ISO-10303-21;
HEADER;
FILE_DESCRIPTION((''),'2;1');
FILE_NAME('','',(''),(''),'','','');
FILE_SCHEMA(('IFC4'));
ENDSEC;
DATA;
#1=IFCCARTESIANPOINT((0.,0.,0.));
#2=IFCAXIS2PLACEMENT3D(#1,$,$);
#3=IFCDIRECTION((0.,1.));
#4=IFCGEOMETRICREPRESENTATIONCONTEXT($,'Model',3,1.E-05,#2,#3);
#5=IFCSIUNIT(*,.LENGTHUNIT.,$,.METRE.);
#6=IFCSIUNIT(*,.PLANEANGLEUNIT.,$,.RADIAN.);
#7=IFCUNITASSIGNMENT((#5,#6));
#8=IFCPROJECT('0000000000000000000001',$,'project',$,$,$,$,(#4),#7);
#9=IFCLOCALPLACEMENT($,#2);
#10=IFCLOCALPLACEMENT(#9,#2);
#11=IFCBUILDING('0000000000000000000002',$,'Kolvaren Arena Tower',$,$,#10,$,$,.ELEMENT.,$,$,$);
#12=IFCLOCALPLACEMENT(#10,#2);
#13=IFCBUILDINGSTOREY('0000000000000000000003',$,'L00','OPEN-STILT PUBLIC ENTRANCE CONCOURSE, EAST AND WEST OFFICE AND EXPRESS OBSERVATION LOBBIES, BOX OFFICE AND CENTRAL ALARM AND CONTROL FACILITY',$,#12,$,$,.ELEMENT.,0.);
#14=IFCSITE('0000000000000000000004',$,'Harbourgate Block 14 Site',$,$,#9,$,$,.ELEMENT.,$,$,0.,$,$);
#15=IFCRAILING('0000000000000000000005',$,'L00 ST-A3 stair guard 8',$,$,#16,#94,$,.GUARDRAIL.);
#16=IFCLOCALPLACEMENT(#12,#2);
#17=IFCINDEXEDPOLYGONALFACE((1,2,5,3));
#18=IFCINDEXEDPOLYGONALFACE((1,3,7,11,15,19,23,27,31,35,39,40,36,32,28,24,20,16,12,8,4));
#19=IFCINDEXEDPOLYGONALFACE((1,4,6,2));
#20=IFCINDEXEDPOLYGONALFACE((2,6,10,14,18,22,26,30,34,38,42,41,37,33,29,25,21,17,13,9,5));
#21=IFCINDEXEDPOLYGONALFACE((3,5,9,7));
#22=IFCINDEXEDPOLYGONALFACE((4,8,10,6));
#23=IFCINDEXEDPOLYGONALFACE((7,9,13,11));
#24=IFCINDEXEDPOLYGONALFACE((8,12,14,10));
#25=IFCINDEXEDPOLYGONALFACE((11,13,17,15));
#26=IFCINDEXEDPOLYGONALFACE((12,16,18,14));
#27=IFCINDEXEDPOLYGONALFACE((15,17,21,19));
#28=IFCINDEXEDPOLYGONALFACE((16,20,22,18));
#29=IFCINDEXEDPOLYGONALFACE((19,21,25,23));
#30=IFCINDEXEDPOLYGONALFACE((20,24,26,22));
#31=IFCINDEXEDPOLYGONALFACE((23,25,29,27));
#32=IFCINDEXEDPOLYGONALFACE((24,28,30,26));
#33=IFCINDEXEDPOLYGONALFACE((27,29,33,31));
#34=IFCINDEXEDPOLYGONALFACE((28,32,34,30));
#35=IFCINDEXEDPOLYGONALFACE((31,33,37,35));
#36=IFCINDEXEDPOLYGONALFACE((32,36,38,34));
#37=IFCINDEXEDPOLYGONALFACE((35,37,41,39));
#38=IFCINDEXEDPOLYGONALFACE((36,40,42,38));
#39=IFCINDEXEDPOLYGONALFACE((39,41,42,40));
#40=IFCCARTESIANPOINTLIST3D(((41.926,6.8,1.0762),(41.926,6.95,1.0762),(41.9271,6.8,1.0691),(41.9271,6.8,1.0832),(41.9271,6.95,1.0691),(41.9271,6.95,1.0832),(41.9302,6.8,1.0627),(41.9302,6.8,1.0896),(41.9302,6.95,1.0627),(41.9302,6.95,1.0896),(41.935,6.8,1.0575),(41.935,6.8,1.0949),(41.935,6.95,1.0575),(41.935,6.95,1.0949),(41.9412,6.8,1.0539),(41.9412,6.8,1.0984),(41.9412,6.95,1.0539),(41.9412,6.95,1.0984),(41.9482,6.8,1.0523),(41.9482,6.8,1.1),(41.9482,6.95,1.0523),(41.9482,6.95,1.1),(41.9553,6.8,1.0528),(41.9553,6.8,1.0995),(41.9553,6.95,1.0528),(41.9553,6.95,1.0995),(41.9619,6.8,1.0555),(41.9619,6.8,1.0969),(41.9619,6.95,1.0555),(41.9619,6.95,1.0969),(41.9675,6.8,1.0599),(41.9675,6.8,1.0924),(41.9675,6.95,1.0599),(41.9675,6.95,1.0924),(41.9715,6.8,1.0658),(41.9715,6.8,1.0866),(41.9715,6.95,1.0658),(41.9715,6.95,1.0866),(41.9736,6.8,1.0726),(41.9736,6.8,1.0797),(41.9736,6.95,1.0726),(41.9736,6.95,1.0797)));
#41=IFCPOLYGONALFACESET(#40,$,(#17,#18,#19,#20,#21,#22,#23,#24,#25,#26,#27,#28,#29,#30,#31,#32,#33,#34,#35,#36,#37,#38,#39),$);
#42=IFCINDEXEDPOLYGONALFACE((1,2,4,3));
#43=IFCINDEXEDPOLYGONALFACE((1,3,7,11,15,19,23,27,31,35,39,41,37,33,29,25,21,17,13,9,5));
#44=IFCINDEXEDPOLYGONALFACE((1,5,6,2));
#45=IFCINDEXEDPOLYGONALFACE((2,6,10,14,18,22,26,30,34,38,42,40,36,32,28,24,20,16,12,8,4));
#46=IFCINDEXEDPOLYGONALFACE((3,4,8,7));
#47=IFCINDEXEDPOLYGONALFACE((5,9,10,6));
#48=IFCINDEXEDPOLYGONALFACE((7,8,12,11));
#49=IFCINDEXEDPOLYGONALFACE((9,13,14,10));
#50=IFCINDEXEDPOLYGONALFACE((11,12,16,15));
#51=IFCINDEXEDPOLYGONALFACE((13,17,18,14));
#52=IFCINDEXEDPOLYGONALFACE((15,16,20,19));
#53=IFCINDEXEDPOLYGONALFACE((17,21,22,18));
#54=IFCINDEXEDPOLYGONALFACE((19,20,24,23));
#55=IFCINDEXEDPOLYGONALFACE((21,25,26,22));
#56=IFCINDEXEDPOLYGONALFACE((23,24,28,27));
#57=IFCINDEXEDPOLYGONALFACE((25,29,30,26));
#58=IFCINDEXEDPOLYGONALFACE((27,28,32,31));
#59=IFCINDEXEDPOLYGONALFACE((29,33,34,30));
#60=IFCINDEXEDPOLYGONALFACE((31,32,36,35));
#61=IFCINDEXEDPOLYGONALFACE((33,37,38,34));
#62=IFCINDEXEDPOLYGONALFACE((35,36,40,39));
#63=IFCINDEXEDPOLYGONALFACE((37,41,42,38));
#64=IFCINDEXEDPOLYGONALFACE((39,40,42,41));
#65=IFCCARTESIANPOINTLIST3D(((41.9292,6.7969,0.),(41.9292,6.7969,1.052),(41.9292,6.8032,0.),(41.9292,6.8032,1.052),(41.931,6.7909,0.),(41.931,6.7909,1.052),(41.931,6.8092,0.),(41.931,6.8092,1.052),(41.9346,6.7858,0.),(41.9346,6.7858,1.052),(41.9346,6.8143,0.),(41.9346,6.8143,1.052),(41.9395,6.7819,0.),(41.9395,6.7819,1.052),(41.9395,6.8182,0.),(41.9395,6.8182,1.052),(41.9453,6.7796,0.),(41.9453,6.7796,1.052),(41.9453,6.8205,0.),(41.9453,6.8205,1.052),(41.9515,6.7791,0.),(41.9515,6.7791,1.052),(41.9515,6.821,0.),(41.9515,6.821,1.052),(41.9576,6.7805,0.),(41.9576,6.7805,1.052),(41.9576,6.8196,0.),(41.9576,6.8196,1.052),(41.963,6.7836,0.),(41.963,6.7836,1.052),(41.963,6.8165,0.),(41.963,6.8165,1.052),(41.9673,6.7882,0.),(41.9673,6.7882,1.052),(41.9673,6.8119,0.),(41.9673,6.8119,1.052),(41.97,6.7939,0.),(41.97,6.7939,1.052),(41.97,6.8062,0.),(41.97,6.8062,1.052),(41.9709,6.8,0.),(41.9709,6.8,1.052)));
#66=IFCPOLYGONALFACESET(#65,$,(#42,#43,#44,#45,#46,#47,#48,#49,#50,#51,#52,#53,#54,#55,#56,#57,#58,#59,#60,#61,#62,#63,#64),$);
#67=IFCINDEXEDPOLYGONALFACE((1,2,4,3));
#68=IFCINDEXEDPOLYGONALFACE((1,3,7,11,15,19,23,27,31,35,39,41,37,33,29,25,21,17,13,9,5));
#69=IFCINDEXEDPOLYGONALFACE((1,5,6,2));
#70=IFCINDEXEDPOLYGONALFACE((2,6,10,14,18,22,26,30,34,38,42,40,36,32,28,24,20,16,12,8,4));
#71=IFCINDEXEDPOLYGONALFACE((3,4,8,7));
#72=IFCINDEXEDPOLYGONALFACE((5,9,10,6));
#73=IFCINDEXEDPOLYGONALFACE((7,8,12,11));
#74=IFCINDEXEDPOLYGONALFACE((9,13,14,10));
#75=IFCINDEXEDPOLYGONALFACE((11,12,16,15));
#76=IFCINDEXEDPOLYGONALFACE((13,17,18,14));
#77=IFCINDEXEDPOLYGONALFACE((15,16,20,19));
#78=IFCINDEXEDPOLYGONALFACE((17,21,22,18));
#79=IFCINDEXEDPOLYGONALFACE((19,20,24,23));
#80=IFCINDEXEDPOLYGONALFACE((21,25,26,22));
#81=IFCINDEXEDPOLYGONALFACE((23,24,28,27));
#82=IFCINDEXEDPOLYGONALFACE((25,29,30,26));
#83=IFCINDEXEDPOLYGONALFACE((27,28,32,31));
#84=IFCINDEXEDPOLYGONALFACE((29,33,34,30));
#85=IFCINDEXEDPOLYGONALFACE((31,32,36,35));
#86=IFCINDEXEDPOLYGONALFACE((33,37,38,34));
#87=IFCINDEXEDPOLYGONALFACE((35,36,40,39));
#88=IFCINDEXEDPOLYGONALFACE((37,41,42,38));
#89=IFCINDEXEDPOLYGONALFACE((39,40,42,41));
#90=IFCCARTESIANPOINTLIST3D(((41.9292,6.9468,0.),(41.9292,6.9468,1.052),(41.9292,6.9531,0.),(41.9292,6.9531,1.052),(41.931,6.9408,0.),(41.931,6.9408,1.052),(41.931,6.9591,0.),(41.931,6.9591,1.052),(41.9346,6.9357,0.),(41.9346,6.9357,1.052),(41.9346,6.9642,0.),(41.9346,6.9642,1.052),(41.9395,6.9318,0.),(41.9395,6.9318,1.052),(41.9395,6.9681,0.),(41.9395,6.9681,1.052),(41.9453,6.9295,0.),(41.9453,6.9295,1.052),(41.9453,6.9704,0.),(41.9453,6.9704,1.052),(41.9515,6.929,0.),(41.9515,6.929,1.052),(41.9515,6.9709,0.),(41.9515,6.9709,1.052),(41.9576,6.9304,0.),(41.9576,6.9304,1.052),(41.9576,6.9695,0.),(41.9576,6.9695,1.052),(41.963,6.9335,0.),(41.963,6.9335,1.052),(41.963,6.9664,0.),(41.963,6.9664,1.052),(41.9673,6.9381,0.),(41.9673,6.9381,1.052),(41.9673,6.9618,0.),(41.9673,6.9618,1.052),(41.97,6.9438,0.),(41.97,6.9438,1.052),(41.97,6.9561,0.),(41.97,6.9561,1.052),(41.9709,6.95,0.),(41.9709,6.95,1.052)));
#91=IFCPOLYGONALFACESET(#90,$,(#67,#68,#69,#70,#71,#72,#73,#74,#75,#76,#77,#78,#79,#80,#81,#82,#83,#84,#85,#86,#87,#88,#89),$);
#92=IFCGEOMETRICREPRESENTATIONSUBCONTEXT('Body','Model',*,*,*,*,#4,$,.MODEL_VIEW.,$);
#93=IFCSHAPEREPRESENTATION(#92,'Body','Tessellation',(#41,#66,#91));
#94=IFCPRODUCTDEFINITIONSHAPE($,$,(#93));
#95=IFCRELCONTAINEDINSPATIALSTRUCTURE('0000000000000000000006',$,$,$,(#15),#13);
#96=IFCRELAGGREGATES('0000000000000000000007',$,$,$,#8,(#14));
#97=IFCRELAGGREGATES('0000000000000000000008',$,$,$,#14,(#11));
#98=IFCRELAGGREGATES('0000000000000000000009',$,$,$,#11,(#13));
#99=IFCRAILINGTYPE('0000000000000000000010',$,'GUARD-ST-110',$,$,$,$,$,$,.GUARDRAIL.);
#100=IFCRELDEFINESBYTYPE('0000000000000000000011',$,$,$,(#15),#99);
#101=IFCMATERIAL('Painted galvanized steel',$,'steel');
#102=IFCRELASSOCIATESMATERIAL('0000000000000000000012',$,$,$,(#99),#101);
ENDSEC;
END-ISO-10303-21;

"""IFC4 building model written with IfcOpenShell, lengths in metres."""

from ifc_helpers import new_model, si_unit, direction, frame, origin, origin_2d, place, context, subcontext, project, spatial, circle, extrude, material, type_object, element, save


model = new_model("IFC4")

# Units and contexts
model_context = context("Model", 3, precision=1e-05, world=origin(), true_north=direction((0.0, 1.0)))
body_context = subcontext(model_context, "Body", "Model", "MODEL_VIEW")
ifc_project = project(units=[si_unit("LENGTHUNIT", "METRE"), si_unit("PLANEANGLEUNIT", "RADIAN")], contexts=[model_context])

# Site, building, storey
site_placement = place(None, origin())
site = spatial("IfcSite", under=ifc_project, at=site_placement, Name="Harbourgate Block 14 Site", CompositionType="ELEMENT", RefElevation=0.0)
building_placement = place(site_placement, origin())
building = spatial("IfcBuilding", under=site, at=building_placement, Name="Kolvaren Arena Tower", CompositionType="ELEMENT")
storey_placement = place(building_placement, origin())
storey = spatial("IfcBuildingStorey", under=building, at=storey_placement, Name="L00", Description="OPEN-STILT PUBLIC ENTRANCE CONCOURSE, EAST AND WEST OFFICE AND EXPRESS OBSERVATION LOBBIES, BOX OFFICE AND CENTRAL ALARM AND CONTROL FACILITY", CompositionType="ELEMENT", Elevation=0.0)

# Railing
ifc_material_1 = material(Name="Painted galvanized steel", Category="steel")
railing_type_1 = type_object("IfcRailingType", Name="GUARD-ST-110", PredefinedType="GUARDRAIL", material=ifc_material_1)
railing_1_placement = place(storey_placement, frame((41.95, 6.8, 0.0)))
element("IfcRailing", 1, at=railing_1_placement, inside=storey, type_object=railing_type_1, Name="L00 ST-A3 stair guard 8", PredefinedType="GUARDRAIL", context=body_context, shape_type="SweptSolid", body=[
    extrude(circle(Radius=0.0239, at=origin_2d()), frame((0.0, 0.0, 1.0762), z_axis=(0.0, 1.0, 0.0), x_axis=(-1.0, 0.0, 0.0)), (0.0, 0.0, 1.0), 0.1499),
    extrude(circle(Radius=0.021, at=origin_2d()), origin(), (0.0, 0.0, 1.0), 1.052),
    extrude(circle(Radius=0.021, at=origin_2d()), frame((0.0, 0.1499, 0.0)), (0.0, 0.0, 1.0), 1.052),
])

save(model, "model.ifc")
